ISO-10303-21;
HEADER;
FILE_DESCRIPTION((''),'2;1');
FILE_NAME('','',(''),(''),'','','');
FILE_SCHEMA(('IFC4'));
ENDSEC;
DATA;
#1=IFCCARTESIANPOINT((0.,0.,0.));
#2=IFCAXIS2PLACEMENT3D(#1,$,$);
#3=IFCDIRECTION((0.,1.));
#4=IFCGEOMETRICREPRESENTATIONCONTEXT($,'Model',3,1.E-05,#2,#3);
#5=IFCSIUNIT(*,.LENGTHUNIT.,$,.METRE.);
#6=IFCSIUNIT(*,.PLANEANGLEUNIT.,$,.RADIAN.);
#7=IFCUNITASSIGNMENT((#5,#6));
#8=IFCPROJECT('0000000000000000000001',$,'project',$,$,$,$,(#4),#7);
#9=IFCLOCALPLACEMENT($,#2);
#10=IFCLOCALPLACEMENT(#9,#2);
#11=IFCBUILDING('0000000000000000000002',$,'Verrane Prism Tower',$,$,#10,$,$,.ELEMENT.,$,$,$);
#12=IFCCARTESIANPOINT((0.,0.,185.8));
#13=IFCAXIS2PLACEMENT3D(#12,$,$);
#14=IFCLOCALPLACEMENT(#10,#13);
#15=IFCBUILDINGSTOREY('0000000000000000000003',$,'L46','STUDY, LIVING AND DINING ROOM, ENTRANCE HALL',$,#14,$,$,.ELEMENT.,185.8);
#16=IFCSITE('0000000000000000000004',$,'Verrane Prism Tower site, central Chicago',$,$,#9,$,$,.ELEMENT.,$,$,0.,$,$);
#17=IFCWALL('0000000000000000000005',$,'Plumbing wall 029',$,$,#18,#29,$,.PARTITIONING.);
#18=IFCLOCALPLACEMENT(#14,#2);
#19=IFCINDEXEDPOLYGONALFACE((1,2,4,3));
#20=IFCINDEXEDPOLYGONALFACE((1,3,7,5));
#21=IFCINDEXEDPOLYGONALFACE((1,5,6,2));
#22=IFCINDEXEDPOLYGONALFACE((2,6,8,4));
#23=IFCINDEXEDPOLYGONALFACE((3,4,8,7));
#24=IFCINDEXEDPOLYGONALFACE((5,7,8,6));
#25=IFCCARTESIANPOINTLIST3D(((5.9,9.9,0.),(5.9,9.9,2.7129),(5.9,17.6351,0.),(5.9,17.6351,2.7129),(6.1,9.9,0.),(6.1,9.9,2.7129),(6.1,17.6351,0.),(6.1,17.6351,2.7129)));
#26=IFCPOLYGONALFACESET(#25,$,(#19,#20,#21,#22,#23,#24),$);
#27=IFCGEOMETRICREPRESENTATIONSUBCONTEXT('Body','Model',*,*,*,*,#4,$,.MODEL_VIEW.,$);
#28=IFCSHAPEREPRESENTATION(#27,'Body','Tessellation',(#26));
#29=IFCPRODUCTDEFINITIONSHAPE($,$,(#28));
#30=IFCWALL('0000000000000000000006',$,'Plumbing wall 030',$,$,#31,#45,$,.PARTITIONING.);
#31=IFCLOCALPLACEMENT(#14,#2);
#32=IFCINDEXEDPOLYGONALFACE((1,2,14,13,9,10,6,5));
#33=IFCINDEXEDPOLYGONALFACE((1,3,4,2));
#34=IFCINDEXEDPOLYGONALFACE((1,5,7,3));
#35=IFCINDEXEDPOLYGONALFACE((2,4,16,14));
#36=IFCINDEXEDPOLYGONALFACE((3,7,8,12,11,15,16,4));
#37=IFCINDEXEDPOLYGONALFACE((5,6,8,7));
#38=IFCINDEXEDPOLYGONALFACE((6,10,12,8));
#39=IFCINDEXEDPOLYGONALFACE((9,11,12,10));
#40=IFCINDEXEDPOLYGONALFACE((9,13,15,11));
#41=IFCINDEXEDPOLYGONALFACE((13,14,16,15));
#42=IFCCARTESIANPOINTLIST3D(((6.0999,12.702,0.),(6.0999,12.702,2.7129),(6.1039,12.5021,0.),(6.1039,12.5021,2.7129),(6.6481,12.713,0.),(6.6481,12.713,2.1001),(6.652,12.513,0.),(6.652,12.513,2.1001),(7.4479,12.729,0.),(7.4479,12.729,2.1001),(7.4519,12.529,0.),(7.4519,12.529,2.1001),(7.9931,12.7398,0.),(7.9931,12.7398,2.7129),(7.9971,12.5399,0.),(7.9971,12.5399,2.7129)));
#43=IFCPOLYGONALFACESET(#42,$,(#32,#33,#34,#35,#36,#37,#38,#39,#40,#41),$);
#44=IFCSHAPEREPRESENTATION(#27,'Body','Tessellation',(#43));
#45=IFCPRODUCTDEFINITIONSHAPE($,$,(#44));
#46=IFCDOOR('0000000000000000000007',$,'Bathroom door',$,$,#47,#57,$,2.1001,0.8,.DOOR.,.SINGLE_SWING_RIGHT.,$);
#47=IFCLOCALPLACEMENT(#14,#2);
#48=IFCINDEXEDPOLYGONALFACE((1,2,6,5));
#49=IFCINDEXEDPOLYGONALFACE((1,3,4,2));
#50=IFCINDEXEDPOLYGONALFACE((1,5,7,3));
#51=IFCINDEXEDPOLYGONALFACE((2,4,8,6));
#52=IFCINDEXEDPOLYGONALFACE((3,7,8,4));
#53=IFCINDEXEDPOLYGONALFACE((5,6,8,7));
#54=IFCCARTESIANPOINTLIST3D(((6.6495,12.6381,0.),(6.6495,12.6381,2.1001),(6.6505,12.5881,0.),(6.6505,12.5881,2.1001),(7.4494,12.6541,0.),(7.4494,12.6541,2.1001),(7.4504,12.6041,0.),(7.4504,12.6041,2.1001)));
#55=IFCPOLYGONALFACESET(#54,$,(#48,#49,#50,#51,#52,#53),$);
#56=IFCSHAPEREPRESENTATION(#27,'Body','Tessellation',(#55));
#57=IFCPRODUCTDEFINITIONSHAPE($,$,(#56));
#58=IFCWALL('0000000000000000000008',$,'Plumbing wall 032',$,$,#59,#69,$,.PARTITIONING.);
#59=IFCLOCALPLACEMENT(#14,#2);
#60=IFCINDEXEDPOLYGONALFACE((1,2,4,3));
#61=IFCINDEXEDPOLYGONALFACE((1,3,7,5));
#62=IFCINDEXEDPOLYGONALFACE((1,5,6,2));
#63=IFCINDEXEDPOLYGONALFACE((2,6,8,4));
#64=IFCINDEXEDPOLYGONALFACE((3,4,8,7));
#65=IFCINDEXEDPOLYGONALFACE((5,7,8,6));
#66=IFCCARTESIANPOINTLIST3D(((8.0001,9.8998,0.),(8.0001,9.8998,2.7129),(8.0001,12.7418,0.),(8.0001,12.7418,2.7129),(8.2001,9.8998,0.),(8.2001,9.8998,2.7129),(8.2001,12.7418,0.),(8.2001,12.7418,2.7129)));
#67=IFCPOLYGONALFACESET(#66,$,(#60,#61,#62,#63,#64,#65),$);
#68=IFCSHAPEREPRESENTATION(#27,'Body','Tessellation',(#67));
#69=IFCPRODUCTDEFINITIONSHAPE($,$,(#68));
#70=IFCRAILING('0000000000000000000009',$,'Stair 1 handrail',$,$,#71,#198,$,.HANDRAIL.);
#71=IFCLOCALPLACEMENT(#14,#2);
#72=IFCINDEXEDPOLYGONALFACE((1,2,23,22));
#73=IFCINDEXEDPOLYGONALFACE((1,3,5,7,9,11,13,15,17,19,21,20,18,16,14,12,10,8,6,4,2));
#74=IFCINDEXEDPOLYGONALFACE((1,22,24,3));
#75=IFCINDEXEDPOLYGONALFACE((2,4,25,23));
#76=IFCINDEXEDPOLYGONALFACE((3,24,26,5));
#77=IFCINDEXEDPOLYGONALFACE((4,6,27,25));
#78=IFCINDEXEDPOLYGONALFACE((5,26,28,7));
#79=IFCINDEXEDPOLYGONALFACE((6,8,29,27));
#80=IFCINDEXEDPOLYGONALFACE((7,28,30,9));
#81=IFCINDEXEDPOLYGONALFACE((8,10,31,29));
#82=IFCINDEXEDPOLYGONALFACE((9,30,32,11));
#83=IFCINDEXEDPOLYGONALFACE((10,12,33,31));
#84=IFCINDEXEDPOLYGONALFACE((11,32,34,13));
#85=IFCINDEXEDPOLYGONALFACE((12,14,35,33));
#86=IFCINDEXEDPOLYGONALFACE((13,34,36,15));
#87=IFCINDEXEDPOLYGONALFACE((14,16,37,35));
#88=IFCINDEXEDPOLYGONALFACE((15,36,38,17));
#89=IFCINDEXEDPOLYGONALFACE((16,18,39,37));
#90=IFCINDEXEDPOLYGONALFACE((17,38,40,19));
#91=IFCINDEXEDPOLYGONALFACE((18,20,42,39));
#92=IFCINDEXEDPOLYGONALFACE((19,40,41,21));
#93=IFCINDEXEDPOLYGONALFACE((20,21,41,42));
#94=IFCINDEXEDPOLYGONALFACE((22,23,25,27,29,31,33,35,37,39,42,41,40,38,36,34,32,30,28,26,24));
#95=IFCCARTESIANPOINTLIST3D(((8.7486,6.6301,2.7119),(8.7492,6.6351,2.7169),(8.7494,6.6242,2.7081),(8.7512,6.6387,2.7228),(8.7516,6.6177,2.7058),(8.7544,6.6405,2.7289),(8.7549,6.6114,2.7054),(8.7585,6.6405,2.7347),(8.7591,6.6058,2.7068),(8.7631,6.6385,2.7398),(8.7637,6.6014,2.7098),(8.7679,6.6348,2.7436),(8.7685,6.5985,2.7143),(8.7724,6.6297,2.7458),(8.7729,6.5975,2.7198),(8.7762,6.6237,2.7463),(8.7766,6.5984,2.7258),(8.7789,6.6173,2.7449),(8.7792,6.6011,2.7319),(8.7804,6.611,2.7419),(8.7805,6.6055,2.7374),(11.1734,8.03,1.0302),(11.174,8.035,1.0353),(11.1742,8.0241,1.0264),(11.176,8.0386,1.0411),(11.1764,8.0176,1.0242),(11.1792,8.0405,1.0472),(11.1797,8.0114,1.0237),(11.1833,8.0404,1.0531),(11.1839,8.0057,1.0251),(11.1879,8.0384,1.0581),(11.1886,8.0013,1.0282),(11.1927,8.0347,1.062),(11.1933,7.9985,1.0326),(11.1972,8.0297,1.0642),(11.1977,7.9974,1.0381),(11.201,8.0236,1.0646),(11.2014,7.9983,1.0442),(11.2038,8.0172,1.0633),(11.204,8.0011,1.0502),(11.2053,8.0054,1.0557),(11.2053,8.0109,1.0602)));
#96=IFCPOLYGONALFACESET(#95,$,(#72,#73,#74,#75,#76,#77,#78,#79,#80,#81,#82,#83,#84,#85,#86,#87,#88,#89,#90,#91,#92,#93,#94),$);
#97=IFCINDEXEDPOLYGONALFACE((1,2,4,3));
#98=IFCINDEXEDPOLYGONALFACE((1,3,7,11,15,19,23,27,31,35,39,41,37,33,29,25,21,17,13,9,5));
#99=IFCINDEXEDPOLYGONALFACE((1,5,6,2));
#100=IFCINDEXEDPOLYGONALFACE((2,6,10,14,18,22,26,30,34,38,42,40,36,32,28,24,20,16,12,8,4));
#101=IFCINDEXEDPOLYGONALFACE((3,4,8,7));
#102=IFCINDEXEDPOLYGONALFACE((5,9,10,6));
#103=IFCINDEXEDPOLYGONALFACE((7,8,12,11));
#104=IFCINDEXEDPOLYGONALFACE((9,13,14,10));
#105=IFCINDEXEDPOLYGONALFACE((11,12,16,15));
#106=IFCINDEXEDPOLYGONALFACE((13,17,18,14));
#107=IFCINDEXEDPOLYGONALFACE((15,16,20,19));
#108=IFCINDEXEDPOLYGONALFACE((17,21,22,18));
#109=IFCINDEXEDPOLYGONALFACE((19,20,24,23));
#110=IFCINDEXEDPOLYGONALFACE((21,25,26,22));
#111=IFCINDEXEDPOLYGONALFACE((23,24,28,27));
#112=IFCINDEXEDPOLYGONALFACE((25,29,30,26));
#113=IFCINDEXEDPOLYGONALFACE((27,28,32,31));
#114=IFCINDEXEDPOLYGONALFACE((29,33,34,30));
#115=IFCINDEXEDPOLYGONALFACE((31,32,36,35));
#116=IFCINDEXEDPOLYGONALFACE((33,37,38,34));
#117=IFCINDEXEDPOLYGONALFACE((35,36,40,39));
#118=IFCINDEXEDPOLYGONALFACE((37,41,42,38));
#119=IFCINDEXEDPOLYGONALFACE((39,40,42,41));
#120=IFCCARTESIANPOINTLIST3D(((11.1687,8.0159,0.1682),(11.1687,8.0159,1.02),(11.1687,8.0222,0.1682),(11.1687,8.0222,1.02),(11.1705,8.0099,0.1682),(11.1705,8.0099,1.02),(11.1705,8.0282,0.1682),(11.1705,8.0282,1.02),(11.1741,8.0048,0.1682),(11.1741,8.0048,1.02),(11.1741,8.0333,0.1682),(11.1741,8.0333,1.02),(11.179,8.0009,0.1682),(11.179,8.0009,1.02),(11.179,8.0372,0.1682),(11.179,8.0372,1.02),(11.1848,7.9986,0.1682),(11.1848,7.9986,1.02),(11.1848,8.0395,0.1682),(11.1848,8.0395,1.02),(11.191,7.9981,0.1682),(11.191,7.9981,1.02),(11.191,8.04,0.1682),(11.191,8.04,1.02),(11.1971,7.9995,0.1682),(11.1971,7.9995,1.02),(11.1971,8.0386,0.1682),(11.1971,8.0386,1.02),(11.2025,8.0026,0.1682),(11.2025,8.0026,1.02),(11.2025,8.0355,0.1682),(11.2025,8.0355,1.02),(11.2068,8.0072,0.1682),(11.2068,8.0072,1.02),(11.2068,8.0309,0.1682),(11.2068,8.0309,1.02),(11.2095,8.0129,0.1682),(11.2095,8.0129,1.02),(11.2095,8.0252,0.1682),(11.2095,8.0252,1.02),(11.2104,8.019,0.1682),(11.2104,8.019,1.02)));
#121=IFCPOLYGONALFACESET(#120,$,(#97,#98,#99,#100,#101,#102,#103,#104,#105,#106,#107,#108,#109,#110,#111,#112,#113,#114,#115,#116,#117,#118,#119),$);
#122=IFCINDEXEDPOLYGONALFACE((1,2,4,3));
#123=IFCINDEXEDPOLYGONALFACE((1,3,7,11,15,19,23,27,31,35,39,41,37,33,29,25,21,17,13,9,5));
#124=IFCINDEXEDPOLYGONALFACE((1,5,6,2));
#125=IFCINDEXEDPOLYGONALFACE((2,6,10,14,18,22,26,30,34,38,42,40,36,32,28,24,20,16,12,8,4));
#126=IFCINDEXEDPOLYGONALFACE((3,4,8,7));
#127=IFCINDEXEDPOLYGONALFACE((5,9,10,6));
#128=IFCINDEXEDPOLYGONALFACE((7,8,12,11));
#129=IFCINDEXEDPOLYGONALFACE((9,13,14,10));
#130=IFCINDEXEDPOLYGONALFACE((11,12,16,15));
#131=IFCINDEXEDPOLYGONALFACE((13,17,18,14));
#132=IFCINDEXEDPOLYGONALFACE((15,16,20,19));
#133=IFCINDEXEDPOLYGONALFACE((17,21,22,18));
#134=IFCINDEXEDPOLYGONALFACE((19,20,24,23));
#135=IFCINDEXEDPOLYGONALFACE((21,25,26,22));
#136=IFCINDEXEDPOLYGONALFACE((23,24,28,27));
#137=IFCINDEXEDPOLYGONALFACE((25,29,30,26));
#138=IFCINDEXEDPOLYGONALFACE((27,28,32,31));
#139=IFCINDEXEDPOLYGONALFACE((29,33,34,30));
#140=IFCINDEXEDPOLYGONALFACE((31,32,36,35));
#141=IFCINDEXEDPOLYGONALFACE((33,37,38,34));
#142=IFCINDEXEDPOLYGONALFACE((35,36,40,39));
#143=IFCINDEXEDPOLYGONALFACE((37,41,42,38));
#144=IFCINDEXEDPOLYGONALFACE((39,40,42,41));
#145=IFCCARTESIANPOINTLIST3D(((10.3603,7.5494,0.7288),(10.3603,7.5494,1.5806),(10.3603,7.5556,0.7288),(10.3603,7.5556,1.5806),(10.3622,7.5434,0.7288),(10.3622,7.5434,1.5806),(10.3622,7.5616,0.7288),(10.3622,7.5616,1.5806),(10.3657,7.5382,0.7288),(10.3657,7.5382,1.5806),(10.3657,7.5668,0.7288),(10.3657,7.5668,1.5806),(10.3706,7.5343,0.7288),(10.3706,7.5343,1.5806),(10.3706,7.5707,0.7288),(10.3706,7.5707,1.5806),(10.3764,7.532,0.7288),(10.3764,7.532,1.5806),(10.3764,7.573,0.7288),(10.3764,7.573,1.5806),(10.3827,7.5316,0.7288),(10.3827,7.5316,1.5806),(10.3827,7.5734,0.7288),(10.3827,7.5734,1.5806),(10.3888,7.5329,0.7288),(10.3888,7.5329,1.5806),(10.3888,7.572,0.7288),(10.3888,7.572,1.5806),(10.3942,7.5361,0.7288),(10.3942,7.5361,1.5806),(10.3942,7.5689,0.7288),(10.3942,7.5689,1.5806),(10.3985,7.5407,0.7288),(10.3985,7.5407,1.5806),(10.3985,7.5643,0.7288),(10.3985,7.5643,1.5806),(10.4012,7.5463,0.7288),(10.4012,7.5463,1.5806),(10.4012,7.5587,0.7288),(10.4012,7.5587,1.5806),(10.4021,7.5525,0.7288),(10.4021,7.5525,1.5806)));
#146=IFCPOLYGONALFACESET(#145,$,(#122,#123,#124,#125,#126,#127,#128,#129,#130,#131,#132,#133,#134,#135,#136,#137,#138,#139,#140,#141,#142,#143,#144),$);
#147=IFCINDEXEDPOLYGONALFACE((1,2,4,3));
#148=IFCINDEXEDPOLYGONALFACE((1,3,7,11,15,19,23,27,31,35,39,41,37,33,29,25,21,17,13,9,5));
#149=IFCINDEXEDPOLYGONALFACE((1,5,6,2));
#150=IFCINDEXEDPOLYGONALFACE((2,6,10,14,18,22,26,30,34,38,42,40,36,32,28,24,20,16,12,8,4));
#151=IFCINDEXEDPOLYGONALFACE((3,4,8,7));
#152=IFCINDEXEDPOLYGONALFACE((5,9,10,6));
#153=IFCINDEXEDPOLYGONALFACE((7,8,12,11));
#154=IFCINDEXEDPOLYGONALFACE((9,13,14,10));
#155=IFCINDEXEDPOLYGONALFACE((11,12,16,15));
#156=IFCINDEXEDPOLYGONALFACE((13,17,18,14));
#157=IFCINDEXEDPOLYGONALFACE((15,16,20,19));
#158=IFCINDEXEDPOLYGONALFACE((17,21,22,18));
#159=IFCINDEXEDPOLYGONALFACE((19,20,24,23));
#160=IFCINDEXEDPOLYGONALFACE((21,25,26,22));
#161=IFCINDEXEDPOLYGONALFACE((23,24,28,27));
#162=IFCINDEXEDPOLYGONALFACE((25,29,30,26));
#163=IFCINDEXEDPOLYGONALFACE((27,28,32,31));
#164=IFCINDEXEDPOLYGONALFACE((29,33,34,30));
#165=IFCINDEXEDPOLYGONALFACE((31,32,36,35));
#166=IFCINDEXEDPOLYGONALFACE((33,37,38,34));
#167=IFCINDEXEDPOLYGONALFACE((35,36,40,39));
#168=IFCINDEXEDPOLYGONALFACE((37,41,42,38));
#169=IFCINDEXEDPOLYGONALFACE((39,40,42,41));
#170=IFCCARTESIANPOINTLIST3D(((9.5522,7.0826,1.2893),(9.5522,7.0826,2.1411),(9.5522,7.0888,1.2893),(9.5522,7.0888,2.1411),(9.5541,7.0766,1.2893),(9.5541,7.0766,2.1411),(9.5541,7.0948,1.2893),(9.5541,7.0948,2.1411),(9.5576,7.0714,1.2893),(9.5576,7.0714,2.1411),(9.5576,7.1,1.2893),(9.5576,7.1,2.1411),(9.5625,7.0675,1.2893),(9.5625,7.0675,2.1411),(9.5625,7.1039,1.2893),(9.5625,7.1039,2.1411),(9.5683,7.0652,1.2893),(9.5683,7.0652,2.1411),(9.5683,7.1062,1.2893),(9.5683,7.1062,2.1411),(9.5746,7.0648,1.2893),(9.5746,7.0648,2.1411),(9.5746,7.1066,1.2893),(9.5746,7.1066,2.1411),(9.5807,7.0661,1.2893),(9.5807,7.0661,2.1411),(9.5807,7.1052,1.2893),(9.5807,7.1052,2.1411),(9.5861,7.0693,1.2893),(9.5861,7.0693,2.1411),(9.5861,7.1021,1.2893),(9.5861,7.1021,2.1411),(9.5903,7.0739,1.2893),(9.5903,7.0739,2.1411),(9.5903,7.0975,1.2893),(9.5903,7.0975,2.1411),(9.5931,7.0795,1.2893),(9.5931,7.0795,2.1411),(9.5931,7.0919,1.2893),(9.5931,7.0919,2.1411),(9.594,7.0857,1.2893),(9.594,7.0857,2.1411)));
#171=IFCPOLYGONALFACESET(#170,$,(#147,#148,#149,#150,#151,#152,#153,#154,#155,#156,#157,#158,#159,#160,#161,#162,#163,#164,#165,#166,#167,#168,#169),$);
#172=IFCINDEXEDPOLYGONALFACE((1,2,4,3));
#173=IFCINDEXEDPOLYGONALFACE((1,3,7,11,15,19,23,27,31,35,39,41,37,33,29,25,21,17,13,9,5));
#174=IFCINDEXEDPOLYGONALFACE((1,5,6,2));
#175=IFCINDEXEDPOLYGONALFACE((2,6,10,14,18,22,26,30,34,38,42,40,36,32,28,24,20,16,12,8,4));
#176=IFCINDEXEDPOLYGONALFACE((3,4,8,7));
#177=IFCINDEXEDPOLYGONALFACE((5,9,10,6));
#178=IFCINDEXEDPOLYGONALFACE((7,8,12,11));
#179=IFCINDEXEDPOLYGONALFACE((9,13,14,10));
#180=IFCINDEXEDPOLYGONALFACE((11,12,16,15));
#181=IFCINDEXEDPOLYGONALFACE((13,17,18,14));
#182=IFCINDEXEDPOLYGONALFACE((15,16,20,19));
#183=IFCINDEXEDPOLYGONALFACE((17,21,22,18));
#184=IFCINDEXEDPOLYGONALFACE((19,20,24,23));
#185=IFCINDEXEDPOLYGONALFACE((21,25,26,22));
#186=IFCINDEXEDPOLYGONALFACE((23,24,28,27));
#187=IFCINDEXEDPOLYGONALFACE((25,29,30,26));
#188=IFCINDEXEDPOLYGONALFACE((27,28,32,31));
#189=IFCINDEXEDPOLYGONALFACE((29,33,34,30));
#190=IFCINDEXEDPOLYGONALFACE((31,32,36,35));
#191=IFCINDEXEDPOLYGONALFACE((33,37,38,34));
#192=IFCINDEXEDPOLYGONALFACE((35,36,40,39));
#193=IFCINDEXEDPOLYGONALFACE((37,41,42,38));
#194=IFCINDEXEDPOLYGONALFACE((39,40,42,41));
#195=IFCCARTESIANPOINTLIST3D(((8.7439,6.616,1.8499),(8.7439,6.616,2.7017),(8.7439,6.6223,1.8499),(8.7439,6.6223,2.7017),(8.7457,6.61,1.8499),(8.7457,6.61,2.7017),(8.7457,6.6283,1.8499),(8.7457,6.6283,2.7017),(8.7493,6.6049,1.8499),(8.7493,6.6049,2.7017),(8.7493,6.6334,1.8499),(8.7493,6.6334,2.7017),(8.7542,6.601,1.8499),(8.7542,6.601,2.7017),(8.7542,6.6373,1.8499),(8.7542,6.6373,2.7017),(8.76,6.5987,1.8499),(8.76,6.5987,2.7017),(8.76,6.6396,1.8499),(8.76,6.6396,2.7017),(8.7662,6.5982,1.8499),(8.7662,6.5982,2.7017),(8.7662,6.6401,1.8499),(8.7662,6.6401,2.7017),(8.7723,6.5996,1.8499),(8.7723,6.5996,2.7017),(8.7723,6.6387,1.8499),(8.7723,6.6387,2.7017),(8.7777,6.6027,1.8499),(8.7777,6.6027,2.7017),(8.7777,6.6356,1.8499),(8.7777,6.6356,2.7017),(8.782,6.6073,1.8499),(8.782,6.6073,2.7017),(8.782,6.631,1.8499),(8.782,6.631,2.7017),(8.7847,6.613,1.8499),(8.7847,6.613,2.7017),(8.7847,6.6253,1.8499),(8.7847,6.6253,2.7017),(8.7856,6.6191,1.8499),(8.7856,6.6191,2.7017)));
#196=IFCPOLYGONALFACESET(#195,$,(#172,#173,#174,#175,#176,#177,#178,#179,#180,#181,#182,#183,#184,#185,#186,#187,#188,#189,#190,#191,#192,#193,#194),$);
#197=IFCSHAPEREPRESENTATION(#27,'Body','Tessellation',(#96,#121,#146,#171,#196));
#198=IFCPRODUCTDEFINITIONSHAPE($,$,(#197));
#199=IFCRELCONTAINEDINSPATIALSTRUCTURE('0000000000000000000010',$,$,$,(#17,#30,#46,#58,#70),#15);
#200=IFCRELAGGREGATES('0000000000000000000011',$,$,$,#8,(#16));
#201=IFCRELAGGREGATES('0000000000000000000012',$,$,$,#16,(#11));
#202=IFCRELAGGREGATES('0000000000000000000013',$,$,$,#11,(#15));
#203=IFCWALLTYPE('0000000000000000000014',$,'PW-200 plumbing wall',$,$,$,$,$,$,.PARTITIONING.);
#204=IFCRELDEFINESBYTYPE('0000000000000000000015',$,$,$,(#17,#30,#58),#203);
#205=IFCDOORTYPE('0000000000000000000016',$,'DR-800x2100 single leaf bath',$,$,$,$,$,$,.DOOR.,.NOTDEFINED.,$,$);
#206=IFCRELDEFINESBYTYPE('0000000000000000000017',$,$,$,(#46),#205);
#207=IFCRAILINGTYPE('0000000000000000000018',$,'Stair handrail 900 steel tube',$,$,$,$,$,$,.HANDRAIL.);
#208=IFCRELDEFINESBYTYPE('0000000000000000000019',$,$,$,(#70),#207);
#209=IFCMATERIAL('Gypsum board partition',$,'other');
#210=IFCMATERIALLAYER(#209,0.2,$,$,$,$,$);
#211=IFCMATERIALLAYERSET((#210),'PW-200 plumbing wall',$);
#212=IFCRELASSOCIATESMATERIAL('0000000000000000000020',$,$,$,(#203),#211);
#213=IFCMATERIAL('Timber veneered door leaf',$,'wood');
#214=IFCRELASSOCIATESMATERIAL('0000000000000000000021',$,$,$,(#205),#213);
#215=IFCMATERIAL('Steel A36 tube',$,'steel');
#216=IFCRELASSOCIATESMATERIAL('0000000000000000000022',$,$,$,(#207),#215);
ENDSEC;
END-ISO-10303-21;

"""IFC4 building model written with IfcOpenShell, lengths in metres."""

from ifc_helpers import new_model, si_unit, direction, frame, frame_2d, origin, origin_2d, place, context, subcontext, project, spatial, rectangle, circle, extrude, material, layer, layer_set, type_object, element, fill, save


model = new_model("IFC4")

# Units and contexts
model_context = context("Model", 3, precision=1e-05, world=origin(), true_north=direction((0.0, 1.0)))
body_context = subcontext(model_context, "Body", "Model", "MODEL_VIEW")
ifc_project = project(units=[si_unit("LENGTHUNIT", "METRE"), si_unit("PLANEANGLEUNIT", "RADIAN")], contexts=[model_context])

# Site, building, storey
site_placement = place(None, origin())
site = spatial("IfcSite", under=ifc_project, at=site_placement, Name="Verrane Prism Tower site, central Chicago", CompositionType="ELEMENT", RefElevation=0.0)
building_placement = place(site_placement, origin())
building = spatial("IfcBuilding", under=site, at=building_placement, Name="Verrane Prism Tower", CompositionType="ELEMENT")
storey_placement = place(building_placement, frame((0.0, 0.0, 185.8)))
storey = spatial("IfcBuildingStorey", under=building, at=storey_placement, Name="L46", Description="STUDY, LIVING AND DINING ROOM, ENTRANCE HALL", CompositionType="ELEMENT", Elevation=185.8)

# Wall
ifc_material_1 = material(Name="Gypsum board partition", Category="other")
ifc_layer_1 = layer(ifc_material_1, 0.2)
ifc_layer_set_1 = layer_set([ifc_layer_1], Name="PW-200 plumbing wall")
wall_type_1 = type_object("IfcWallType", Name="PW-200 plumbing wall", PredefinedType="PARTITIONING", material=ifc_layer_set_1)
wall_1_placement = place(storey_placement, frame((6.0, 9.8999, 0.0), z_axis=(0.0, 0.0, 1.0), x_axis=(0.0, 1.0, 0.0)))
element("IfcWall", 1, at=wall_1_placement, inside=storey, type_object=wall_type_1, Name="Plumbing wall 029", PredefinedType="PARTITIONING", context=body_context, shape_type="SweptSolid", body=[
    extrude(rectangle(XDim=7.7351, YDim=0.2, at=frame_2d((3.8677, 0.0))), origin(), (0.0, 0.0, 1.0), 2.7129),
])

# Wall, opening, door
wall_2_placement = place(storey_placement, frame((7.9951, 12.6399, 0.0), z_axis=(0.0, 0.0, 1.0), x_axis=(-0.9998, -0.019986, 0.0)))
wall_2 = element("IfcWall", 2, at=wall_2_placement, inside=storey, type_object=wall_type_1, Name="Plumbing wall 030", PredefinedType="PARTITIONING", context=body_context, shape_type="SweptSolid", body=[
    extrude(rectangle(XDim=1.8936, YDim=0.2, at=frame_2d((0.9468, 0.0))), origin(), (0.0, 0.0, 1.0), 2.7129),
])
opening_1_placement = place(wall_2_placement, frame((0.5454, 0.0, 0.0)))
opening_1 = element("IfcOpeningElement", 3, at=opening_1_placement, cuts=wall_2, PredefinedType="OPENING", context=body_context, shape_type="SweptSolid", body=[
    extrude(rectangle(XDim=0.8, YDim=2.1001, at=frame_2d((0.3999, 1.05))), frame((0.0, 0.1099, 0.0), z_axis=(0.0, -1.0, 0.0), x_axis=(1.0, 0.0, 0.0)), (0.0, 0.0, 1.0), 0.22),
])
ifc_material_2 = material(Name="Timber veneered door leaf", Category="wood")
door_type_1 = type_object("IfcDoorType", Name="DR-800x2100 single leaf bath", OperationType="NOTDEFINED", PredefinedType="DOOR", material=ifc_material_2)
door_1_placement = place(opening_1_placement, origin())
door_1 = element("IfcDoor", 4, at=door_1_placement, inside=storey, type_object=door_type_1, Name="Bathroom door", OperationType="SINGLE_SWING_RIGHT", OverallHeight=2.1001, OverallWidth=0.8, PredefinedType="DOOR", context=body_context, shape_type="SweptSolid", body=[
    extrude(rectangle(XDim=0.8, YDim=2.1001, at=frame_2d((0.3999, 1.05))), frame((0.0, 0.0249, 0.0), z_axis=(0.0, -1.0, 0.0), x_axis=(1.0, 0.0, 0.0)), (0.0, 0.0, 1.0), 0.05),
])
fill(opening_1, door_1)

# Wall
wall_3_placement = place(storey_placement, frame((8.1001, 9.8999, 0.0), z_axis=(0.0, 0.0, 1.0), x_axis=(0.0, 1.0, 0.0)))
element("IfcWall", 5, at=wall_3_placement, inside=storey, type_object=wall_type_1, Name="Plumbing wall 032", PredefinedType="PARTITIONING", context=body_context, shape_type="SweptSolid", body=[
    extrude(rectangle(XDim=2.842, YDim=0.2, at=frame_2d((1.4209, 0.0))), origin(), (0.0, 0.0, 1.0), 2.7129),
])

# Railing
ifc_material_3 = material(Name="Steel A36 tube", Category="steel")
railing_type = type_object("IfcRailingType", Name="Stair handrail 900 steel tube", PredefinedType="HANDRAIL", material=ifc_material_3)
railing_placement = place(storey_placement, frame((11.1895, 8.019, 0.1682)))
element("IfcRailing", 6, at=railing_placement, inside=storey, type_object=railing_type, Name="Stair 1 handrail", PredefinedType="HANDRAIL", context=body_context, shape_type="SweptSolid", body=[
    extrude(circle(Radius=0.0239, at=origin_2d()), frame((0.0, 0.0, 0.876), z_axis=(-0.742419, -0.428618, 0.514879), x_axis=(0.499984, -0.866035, 0.0)), (0.0, 0.0, 1.0), 3.2661),
    extrude(circle(Radius=0.021, at=origin_2d()), origin(), (0.0, 0.0, 1.0), 0.8518),
    extrude(circle(Radius=0.021, at=origin_2d()), frame((-0.8083, -0.4666, 0.5605)), (0.0, 0.0, 1.0), 0.8518),
    extrude(circle(Radius=0.021, at=origin_2d()), frame((-1.6165, -0.9333, 1.1211)), (0.0, 0.0, 1.0), 0.8518),
    extrude(circle(Radius=0.021, at=origin_2d()), frame((-2.4248, -1.3999, 1.6816)), (0.0, 0.0, 1.0), 0.8518),
])

save(model, "model.ifc")
